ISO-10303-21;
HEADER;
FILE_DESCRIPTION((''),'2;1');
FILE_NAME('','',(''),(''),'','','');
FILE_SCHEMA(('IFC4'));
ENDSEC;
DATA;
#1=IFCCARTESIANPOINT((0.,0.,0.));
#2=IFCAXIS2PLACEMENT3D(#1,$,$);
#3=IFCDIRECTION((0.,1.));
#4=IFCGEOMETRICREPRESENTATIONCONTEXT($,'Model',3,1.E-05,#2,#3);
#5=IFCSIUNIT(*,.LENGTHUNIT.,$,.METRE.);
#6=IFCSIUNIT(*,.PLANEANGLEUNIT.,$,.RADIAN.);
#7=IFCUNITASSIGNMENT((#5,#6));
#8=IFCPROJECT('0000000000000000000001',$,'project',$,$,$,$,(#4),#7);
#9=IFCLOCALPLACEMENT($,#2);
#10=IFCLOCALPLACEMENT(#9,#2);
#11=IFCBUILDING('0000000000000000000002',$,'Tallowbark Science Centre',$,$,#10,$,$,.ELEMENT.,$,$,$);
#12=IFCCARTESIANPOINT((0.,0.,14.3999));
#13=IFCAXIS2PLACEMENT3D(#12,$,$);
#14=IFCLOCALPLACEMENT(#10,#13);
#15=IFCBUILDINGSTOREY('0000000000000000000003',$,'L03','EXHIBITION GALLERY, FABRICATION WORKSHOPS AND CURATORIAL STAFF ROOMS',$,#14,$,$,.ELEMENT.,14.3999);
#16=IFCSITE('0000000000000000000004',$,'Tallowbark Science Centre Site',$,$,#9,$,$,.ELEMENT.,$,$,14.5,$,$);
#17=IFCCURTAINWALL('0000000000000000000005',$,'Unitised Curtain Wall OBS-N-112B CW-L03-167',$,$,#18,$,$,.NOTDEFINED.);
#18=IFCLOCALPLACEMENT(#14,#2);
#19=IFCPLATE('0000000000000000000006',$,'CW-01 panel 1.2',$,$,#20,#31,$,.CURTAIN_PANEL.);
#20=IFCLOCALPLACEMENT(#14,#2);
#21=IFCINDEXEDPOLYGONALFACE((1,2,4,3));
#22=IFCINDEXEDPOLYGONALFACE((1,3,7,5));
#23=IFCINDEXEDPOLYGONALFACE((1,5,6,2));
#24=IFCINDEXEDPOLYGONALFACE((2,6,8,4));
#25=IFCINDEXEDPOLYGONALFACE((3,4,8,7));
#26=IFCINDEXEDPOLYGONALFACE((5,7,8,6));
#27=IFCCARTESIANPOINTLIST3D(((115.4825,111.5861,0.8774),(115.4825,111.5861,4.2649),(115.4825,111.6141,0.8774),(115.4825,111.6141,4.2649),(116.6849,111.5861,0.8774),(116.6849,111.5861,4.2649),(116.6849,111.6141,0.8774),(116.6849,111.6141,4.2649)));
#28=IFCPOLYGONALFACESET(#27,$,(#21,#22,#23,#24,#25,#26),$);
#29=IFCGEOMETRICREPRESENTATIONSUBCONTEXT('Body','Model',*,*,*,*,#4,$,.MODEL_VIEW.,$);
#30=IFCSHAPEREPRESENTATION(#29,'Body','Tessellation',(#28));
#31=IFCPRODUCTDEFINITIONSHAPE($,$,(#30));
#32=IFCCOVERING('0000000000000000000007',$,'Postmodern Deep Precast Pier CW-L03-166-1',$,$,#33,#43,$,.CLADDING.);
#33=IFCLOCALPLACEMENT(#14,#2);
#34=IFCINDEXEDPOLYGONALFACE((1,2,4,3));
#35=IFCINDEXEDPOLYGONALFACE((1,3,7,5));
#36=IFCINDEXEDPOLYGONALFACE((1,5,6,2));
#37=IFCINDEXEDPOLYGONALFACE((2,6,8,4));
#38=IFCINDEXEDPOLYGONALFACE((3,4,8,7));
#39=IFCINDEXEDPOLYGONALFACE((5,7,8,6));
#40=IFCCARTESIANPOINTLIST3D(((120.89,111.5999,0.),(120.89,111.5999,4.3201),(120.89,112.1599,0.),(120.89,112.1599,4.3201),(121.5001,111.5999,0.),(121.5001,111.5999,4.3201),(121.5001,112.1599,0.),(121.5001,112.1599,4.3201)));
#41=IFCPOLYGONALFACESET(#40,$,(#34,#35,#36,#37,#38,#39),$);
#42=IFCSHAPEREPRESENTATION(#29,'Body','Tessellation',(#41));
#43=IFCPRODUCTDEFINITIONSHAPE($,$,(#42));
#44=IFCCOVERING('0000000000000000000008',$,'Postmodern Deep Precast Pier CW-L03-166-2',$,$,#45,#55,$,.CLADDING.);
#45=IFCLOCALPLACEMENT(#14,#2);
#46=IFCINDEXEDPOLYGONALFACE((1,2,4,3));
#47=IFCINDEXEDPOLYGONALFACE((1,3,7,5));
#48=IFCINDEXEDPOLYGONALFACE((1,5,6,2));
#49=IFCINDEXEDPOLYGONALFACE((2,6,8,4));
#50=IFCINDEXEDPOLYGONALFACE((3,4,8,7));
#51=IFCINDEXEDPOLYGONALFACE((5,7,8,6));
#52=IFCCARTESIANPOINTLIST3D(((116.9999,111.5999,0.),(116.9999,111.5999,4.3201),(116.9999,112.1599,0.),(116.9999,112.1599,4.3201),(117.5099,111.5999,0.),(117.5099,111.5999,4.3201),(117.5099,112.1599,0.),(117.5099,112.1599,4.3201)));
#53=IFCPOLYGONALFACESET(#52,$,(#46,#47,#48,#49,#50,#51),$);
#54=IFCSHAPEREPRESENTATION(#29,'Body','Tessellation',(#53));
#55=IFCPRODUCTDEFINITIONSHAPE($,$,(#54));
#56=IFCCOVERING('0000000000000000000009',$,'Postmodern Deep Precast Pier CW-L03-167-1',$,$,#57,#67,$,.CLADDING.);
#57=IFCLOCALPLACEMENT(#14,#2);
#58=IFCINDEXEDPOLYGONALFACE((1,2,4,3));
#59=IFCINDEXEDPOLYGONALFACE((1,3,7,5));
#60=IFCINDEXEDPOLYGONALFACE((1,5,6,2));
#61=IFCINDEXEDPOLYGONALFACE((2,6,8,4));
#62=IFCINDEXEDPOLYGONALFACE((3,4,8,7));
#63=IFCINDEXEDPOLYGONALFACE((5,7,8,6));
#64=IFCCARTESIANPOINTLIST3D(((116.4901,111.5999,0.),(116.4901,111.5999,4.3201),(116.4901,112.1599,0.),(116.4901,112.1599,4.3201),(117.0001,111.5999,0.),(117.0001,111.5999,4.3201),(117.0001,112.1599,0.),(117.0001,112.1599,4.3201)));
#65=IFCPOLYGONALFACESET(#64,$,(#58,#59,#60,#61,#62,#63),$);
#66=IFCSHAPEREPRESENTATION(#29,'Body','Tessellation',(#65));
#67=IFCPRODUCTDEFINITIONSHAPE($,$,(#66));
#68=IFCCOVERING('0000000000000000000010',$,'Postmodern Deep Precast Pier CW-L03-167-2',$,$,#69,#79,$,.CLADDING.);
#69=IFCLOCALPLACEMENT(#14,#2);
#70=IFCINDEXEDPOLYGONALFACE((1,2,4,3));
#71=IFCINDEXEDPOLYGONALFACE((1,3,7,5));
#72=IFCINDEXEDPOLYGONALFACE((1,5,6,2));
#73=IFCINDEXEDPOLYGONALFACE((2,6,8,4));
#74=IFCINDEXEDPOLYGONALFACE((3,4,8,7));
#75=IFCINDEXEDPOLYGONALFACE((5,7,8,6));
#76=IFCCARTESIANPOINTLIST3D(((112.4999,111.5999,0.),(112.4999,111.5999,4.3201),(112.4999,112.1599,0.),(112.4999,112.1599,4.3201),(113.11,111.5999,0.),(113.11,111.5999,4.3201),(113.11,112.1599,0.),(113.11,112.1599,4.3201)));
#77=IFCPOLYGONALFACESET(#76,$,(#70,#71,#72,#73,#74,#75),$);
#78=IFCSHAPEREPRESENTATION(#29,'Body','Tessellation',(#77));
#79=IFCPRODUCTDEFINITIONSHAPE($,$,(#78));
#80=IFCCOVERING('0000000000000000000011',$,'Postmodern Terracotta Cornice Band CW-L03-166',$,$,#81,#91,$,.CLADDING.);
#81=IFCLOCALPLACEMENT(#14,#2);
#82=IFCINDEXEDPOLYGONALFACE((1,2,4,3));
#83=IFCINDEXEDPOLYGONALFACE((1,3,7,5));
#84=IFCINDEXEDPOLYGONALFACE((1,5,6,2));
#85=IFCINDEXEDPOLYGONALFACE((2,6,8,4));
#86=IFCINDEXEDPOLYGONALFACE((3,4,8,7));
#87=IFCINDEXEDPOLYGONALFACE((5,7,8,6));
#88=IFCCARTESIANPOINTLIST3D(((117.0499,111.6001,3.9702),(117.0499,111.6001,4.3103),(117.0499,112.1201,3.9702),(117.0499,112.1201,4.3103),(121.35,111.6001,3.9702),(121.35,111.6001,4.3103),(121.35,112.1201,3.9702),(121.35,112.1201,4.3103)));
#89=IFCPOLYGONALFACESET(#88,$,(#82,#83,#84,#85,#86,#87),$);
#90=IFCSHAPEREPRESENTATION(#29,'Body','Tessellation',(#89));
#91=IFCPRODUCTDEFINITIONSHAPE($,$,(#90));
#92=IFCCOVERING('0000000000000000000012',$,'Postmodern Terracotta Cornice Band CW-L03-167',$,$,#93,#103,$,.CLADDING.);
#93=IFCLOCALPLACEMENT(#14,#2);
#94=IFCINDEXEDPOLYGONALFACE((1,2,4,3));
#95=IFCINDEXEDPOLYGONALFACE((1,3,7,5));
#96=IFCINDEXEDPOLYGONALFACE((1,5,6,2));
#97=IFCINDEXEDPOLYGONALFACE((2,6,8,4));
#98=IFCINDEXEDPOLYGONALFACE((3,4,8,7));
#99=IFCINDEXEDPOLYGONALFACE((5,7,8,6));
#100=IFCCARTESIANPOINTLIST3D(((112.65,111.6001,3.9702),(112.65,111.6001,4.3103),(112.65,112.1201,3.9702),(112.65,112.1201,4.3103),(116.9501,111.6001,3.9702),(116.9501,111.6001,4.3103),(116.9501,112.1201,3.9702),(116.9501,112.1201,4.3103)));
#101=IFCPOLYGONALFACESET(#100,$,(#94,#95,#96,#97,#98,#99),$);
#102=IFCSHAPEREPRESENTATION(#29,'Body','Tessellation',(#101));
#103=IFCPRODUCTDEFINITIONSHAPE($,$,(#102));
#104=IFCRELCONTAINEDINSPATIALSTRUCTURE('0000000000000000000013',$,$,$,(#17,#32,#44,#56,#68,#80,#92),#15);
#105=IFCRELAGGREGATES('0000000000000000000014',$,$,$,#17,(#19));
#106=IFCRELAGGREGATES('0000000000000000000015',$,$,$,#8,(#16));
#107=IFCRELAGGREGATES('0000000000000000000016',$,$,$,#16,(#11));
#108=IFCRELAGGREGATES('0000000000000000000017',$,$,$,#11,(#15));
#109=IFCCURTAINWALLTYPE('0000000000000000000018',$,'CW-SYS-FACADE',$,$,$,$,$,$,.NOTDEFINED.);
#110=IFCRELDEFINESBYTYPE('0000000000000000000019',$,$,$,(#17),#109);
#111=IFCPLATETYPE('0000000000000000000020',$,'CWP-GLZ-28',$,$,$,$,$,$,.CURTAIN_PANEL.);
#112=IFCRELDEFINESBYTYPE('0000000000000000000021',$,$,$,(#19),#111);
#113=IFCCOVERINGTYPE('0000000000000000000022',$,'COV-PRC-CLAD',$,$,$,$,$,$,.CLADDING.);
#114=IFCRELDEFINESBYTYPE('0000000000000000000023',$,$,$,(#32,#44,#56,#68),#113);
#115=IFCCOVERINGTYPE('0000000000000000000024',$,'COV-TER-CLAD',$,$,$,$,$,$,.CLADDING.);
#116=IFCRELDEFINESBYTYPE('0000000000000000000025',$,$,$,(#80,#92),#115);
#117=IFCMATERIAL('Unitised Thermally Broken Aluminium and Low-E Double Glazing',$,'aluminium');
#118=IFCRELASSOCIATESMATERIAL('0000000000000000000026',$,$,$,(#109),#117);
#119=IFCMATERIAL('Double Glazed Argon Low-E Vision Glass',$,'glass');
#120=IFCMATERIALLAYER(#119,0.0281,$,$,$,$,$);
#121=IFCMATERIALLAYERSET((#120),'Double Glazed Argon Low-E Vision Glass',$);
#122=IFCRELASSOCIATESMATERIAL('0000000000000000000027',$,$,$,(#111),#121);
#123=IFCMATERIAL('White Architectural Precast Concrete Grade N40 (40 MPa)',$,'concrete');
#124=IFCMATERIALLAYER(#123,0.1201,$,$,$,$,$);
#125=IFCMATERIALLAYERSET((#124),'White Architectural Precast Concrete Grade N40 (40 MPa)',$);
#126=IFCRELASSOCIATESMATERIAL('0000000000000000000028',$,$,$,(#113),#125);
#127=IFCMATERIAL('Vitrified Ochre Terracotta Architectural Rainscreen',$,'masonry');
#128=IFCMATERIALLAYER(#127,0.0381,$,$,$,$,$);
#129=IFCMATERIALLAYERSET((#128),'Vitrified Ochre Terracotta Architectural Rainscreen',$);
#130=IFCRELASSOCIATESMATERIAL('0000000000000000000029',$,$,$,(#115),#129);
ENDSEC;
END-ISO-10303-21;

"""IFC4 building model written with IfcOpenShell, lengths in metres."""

from ifc_helpers import new_model, si_unit, direction, frame, origin, origin_2d, place, context, subcontext, project, spatial, rectangle, extrude, material, layer, layer_set, type_object, element, aggregate, save


model = new_model("IFC4")

# Units and contexts
model_context = context("Model", 3, precision=1e-05, world=origin(), true_north=direction((0.0, 1.0)))
body_context = subcontext(model_context, "Body", "Model", "MODEL_VIEW")
ifc_project = project(units=[si_unit("LENGTHUNIT", "METRE"), si_unit("PLANEANGLEUNIT", "RADIAN")], contexts=[model_context])

# Site, building, storey
site_placement = place(None, origin())
site = spatial("IfcSite", under=ifc_project, at=site_placement, Name="Tallowbark Science Centre Site", CompositionType="ELEMENT", RefElevation=14.5)
building_placement = place(site_placement, origin())
building = spatial("IfcBuilding", under=site, at=building_placement, Name="Tallowbark Science Centre", CompositionType="ELEMENT")
storey_placement = place(building_placement, frame((0.0, 0.0, 14.3999)))
storey = spatial("IfcBuildingStorey", under=building, at=storey_placement, Name="L03", Description="EXHIBITION GALLERY, FABRICATION WORKSHOPS AND CURATORIAL STAFF ROOMS", CompositionType="ELEMENT", Elevation=14.3999)

# Curtain wall
ifc_material_1 = material(Name="Unitised Thermally Broken Aluminium and Low-E Double Glazing", Category="aluminium")
curtain_wall_type = type_object("IfcCurtainWallType", Name="CW-SYS-FACADE", PredefinedType="NOTDEFINED", material=ifc_material_1)
curtain_wall_1_placement = place(storey_placement, origin())
curtain_wall_1 = element("IfcCurtainWall", 1, at=curtain_wall_1_placement, inside=storey, type_object=curtain_wall_type, Name="Unitised Curtain Wall OBS-N-112B CW-L03-167", PredefinedType="NOTDEFINED")

# Plate
ifc_material_2 = material(Name="Double Glazed Argon Low-E Vision Glass", Category="glass")
ifc_layer_1 = layer(ifc_material_2, 0.0281)
ifc_layer_set_1 = layer_set([ifc_layer_1], Name="Double Glazed Argon Low-E Vision Glass")
plate_type = type_object("IfcPlateType", Name="CWP-GLZ-28", PredefinedType="CURTAIN_PANEL", material=ifc_layer_set_1)
plate_1_placement = place(storey_placement, frame((116.0837, 111.6001, 0.8774), z_axis=(0.0, 0.0, 1.0), x_axis=(-1.0, 0.0, 0.0)))
plate_1 = element("IfcPlate", 2, at=plate_1_placement, type_object=plate_type, Name="CW-01 panel 1.2", PredefinedType="CURTAIN_PANEL", context=body_context, shape_type="SweptSolid", body=[
    extrude(rectangle(XDim=1.2024, YDim=0.0281, at=origin_2d()), origin(), (0.0, 0.0, 1.0), 3.3875),
])
aggregate(curtain_wall_1, [plate_1])

# Coverings
ifc_material_3 = material(Name="White Architectural Precast Concrete Grade N40 (40 MPa)", Category="concrete")
ifc_layer_2 = layer(ifc_material_3, 0.1201)
ifc_layer_set_2 = layer_set([ifc_layer_2], Name="White Architectural Precast Concrete Grade N40 (40 MPa)")
covering_type_1 = type_object("IfcCoveringType", Name="COV-PRC-CLAD", PredefinedType="CLADDING", material=ifc_layer_set_2)
covering_1_placement = place(storey_placement, frame((121.1951, 111.8799, 0.0), z_axis=(0.0, 0.0, 1.0), x_axis=(-1.0, 0.0, 0.0)))
element("IfcCovering", 3, at=covering_1_placement, inside=storey, type_object=covering_type_1, Name="Postmodern Deep Precast Pier CW-L03-166-1", PredefinedType="CLADDING", context=body_context, shape_type="SweptSolid", body=[
    extrude(rectangle(XDim=0.6101, YDim=0.5601, at=origin_2d()), origin(), (0.0, 0.0, 1.0), 4.3201),
])
for number, where, z_axis, x_axis, name in (
    (4, (117.2549, 111.8799, 0.0), (0.0, 0.0, 1.0), (-1.0, 0.0, 0.0), "Postmodern Deep Precast Pier CW-L03-166-2"),
    (5, (116.7451, 111.8799, 0.0), (0.0, 0.0, 1.0), (-1.0, 0.0, 0.0), "Postmodern Deep Precast Pier CW-L03-167-1"),
):
    element("IfcCovering", number, at=place(storey_placement, frame(where, z_axis=z_axis, x_axis=x_axis)), inside=storey, type_object=covering_type_1, Name=name, PredefinedType="CLADDING", context=body_context, shape_type="SweptSolid", body=[
        extrude(rectangle(XDim=0.51, YDim=0.5601, at=origin_2d()), origin(), (0.0, 0.0, 1.0), 4.3201),
    ])
covering_2_placement = place(storey_placement, frame((112.8049, 111.8799, 0.0), z_axis=(0.0, 0.0, 1.0), x_axis=(-1.0, 0.0, 0.0)))
element("IfcCovering", 6, at=covering_2_placement, inside=storey, type_object=covering_type_1, Name="Postmodern Deep Precast Pier CW-L03-167-2", PredefinedType="CLADDING", context=body_context, shape_type="SweptSolid", body=[
    extrude(rectangle(XDim=0.6101, YDim=0.5601, at=origin_2d()), origin(), (0.0, 0.0, 1.0), 4.3201),
])
ifc_material_4 = material(Name="Vitrified Ochre Terracotta Architectural Rainscreen", Category="masonry")
ifc_layer_3 = layer(ifc_material_4, 0.0381)
ifc_layer_set_3 = layer_set([ifc_layer_3], Name="Vitrified Ochre Terracotta Architectural Rainscreen")
covering_type_2 = type_object("IfcCoveringType", Name="COV-TER-CLAD", PredefinedType="CLADDING", material=ifc_layer_set_3)
for number, where, z_axis, x_axis, name in (
    (7, (119.2, 111.8601, 3.9702), (0.0, 0.0, 1.0), (-1.0, 0.0, 0.0), "Postmodern Terracotta Cornice Band CW-L03-166"),
    (8, (114.8, 111.8601, 3.9702), (0.0, 0.0, 1.0), (-1.0, 0.0, 0.0), "Postmodern Terracotta Cornice Band CW-L03-167"),
):
    element("IfcCovering", number, at=place(storey_placement, frame(where, z_axis=z_axis, x_axis=x_axis)), inside=storey, type_object=covering_type_2, Name=name, PredefinedType="CLADDING", context=body_context, shape_type="SweptSolid", body=[
        extrude(rectangle(XDim=4.3, YDim=0.52, at=origin_2d()), origin(), (0.0, 0.0, 1.0), 0.3401),
    ])

save(model, "model.ifc")
